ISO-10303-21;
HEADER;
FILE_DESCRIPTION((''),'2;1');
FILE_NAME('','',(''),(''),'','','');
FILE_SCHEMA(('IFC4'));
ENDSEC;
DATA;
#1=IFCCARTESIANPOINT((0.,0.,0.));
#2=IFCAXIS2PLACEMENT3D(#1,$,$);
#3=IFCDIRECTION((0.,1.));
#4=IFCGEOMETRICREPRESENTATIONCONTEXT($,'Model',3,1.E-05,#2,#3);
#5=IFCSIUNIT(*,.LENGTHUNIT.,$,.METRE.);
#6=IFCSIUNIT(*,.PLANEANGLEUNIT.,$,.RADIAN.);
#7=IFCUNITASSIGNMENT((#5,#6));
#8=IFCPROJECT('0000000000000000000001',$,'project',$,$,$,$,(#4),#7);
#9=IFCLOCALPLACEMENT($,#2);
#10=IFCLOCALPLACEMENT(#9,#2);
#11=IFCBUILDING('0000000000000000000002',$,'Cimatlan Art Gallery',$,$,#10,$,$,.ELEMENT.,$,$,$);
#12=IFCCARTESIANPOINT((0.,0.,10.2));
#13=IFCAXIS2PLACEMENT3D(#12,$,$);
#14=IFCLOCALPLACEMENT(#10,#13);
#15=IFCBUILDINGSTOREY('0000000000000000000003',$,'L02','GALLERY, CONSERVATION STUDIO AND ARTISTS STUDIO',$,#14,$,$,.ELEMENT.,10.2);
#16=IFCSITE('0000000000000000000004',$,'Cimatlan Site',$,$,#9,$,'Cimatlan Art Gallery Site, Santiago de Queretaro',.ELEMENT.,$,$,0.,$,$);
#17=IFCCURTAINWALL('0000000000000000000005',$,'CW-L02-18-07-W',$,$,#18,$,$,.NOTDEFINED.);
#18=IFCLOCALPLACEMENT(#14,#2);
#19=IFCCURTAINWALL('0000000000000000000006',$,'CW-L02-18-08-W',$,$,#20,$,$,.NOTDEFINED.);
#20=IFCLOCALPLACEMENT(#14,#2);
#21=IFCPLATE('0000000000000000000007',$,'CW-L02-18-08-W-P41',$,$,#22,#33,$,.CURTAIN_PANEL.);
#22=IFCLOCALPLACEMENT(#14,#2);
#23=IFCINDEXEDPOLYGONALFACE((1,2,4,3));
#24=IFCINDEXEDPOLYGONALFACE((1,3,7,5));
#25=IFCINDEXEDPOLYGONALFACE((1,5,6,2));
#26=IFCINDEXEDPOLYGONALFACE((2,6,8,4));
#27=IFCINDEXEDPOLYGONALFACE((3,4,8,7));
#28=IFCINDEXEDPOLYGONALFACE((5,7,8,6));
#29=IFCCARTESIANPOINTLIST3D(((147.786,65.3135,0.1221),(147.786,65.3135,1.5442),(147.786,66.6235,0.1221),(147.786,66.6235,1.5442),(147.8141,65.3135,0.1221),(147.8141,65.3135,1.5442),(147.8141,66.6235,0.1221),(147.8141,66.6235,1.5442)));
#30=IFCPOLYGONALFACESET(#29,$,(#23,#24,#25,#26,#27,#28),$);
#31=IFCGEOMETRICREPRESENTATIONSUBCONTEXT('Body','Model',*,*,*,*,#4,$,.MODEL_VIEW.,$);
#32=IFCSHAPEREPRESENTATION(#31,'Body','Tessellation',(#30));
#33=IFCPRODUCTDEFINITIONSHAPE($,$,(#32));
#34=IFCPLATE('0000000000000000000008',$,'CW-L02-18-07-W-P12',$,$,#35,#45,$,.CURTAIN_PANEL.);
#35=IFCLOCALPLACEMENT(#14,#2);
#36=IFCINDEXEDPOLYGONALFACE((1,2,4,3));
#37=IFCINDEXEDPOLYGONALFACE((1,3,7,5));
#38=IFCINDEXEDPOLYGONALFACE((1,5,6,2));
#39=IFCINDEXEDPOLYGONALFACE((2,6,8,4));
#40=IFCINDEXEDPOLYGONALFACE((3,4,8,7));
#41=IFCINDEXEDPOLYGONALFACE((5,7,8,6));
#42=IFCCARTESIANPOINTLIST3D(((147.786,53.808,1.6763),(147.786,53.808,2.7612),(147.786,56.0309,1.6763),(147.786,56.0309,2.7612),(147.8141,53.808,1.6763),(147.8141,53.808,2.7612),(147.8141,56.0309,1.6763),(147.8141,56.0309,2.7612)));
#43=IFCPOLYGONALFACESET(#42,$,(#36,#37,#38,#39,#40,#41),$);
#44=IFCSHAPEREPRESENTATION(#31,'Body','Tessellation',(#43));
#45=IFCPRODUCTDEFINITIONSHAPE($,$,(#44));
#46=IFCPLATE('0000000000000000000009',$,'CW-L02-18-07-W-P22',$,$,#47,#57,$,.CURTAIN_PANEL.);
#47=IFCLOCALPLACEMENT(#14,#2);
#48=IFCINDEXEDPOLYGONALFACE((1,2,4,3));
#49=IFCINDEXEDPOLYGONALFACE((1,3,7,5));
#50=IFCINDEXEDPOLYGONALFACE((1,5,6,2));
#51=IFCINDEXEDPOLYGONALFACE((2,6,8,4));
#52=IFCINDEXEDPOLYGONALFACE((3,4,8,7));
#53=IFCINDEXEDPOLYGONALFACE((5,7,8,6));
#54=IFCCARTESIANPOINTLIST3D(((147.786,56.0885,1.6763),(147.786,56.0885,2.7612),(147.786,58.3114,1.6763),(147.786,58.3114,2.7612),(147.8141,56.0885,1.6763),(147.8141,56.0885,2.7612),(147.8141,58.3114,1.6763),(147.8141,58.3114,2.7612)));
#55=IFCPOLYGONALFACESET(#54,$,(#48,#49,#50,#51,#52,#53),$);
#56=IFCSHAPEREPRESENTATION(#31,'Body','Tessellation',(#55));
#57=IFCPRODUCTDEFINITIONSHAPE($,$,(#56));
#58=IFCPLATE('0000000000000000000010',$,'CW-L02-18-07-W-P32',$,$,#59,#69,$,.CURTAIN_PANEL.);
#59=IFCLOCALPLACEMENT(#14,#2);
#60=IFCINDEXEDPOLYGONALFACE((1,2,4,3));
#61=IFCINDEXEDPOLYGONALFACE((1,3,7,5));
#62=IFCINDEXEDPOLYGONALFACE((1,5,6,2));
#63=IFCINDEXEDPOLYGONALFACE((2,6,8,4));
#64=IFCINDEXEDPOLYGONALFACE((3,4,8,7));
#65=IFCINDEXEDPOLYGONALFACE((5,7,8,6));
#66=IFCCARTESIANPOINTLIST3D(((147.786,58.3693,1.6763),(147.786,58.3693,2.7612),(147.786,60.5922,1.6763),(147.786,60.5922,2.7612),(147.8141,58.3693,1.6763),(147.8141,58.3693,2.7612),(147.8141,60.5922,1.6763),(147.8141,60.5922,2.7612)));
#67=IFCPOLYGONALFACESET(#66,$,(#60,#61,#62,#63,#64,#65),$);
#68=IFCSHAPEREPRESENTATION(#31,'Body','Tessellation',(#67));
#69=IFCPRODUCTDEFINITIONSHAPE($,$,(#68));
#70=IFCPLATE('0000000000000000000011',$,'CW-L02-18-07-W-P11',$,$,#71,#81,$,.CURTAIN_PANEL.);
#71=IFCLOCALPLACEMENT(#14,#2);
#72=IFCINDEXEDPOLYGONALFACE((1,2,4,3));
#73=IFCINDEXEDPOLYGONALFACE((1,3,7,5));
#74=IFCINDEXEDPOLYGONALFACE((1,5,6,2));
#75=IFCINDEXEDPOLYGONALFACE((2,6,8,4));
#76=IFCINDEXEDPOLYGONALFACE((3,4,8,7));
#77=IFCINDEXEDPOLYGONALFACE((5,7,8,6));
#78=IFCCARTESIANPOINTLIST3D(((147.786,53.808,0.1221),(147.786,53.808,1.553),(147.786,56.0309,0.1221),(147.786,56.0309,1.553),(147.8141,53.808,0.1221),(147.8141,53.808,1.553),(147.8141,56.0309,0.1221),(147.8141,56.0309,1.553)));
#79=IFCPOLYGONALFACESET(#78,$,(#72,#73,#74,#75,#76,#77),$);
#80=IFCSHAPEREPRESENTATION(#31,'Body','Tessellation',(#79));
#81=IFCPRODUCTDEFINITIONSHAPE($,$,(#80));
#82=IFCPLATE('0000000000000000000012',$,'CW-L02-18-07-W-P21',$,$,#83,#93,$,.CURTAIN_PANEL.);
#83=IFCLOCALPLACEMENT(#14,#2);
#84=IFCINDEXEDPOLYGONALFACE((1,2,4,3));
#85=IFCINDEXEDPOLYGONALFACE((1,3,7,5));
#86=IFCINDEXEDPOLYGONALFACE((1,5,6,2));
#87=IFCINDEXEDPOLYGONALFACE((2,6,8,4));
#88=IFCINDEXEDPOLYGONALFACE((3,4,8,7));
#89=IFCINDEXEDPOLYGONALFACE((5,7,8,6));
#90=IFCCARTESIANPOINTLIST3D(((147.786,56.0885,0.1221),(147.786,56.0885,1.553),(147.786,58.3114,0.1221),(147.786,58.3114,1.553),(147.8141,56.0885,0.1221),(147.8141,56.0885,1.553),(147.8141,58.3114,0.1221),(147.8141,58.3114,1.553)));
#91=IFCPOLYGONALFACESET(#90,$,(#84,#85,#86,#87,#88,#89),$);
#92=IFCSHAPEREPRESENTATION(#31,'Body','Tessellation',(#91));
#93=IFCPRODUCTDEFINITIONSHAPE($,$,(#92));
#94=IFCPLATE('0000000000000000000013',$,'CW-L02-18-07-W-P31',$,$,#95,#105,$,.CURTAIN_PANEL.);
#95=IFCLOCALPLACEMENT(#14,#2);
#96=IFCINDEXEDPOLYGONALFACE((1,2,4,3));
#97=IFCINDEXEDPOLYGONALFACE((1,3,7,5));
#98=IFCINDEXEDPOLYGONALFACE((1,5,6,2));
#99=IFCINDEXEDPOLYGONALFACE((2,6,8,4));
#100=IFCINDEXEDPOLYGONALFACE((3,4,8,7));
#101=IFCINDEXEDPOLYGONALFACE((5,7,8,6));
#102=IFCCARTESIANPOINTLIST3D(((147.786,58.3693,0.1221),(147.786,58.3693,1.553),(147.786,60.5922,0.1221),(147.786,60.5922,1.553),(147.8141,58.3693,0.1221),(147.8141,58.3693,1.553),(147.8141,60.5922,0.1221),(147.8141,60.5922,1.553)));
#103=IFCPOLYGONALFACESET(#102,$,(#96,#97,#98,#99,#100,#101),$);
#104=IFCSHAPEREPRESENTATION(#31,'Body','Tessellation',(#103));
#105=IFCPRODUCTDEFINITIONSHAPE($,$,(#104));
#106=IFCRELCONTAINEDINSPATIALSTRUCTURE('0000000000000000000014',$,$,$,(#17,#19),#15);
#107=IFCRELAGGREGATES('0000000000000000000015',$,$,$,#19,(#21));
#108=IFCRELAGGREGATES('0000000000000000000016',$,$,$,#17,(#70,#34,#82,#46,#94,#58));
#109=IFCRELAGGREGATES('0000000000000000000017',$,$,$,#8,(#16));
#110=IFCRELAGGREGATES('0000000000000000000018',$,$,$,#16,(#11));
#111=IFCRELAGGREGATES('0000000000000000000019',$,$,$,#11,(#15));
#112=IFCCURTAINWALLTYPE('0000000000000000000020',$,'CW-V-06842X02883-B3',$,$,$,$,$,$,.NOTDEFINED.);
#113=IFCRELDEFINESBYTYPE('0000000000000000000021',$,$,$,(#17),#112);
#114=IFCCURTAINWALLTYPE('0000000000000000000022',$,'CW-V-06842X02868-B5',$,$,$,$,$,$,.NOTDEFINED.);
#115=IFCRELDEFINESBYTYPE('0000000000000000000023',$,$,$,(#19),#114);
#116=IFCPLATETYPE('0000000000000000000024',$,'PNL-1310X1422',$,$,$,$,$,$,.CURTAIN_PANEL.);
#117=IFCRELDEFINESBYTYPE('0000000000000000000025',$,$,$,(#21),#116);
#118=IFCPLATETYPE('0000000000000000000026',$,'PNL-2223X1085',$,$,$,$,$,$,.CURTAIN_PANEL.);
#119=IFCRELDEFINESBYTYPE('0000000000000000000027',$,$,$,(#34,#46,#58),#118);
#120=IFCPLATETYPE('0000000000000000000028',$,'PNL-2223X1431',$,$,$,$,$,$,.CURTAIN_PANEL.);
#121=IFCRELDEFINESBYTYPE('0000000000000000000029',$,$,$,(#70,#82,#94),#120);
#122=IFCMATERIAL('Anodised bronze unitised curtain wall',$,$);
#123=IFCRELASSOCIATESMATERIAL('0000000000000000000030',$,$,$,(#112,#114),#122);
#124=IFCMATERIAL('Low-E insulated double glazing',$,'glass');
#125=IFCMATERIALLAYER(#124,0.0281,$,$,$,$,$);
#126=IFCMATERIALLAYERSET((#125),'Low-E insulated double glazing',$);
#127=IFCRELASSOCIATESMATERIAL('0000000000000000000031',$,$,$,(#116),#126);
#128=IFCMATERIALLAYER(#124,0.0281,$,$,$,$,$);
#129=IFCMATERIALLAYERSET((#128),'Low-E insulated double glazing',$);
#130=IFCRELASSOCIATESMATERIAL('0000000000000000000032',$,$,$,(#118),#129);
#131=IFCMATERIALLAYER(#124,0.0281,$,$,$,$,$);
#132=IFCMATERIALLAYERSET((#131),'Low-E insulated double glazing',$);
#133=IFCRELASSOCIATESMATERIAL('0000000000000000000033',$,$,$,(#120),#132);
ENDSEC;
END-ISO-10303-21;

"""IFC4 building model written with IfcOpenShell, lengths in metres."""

from ifc_helpers import new_model, si_unit, direction, frame, origin, origin_2d, place, context, subcontext, project, spatial, rectangle, extrude, material, layer, layer_set, type_object, element, aggregate, save


model = new_model("IFC4")

# Units and contexts
model_context = context("Model", 3, precision=1e-05, world=origin(), true_north=direction((0.0, 1.0)))
body_context = subcontext(model_context, "Body", "Model", "MODEL_VIEW")
ifc_project = project(units=[si_unit("LENGTHUNIT", "METRE"), si_unit("PLANEANGLEUNIT", "RADIAN")], contexts=[model_context])

# Site, building, storey
site_placement = place(None, origin())
site = spatial("IfcSite", under=ifc_project, at=site_placement, Name="Cimatlan Site", LongName="Cimatlan Art Gallery Site, Santiago de Queretaro", CompositionType="ELEMENT", RefElevation=0.0)
building_placement = place(site_placement, origin())
building = spatial("IfcBuilding", under=site, at=building_placement, Name="Cimatlan Art Gallery", CompositionType="ELEMENT")
storey_placement = place(building_placement, frame((0.0, 0.0, 10.2)))
storey = spatial("IfcBuildingStorey", under=building, at=storey_placement, Name="L02", Description="GALLERY, CONSERVATION STUDIO AND ARTISTS STUDIO", CompositionType="ELEMENT", Elevation=10.2)

# Curtain walls
ifc_material_1 = material(Name="Anodised bronze unitised curtain wall")
curtain_wall_type_1 = type_object("IfcCurtainWallType", Name="CW-V-06842X02883-B3", PredefinedType="NOTDEFINED", material=ifc_material_1)
curtain_wall_1_placement = place(storey_placement, origin())
curtain_wall_1 = element("IfcCurtainWall", 1, at=curtain_wall_1_placement, inside=storey, type_object=curtain_wall_type_1, Name="CW-L02-18-07-W", PredefinedType="NOTDEFINED")
curtain_wall_type_2 = type_object("IfcCurtainWallType", Name="CW-V-06842X02868-B5", PredefinedType="NOTDEFINED", material=ifc_material_1)
curtain_wall_2_placement = place(storey_placement, origin())
curtain_wall_2 = element("IfcCurtainWall", 2, at=curtain_wall_2_placement, inside=storey, type_object=curtain_wall_type_2, Name="CW-L02-18-08-W", PredefinedType="NOTDEFINED")

# Plates
ifc_material_2 = material(Name="Low-E insulated double glazing", Category="glass")
ifc_layer_1 = layer(ifc_material_2, 0.0281)
ifc_layer_set_1 = layer_set([ifc_layer_1], Name="Low-E insulated double glazing")
plate_type_1 = type_object("IfcPlateType", Name="PNL-1310X1422", PredefinedType="CURTAIN_PANEL", material=ifc_layer_set_1)
plate_1_placement = place(storey_placement, frame((147.8, 65.9685, 0.1221), z_axis=(0.0, 0.0, 1.0), x_axis=(0.0, 1.0, 0.0)))
plate_1 = element("IfcPlate", 3, at=plate_1_placement, type_object=plate_type_1, Name="CW-L02-18-08-W-P41", PredefinedType="CURTAIN_PANEL", context=body_context, shape_type="SweptSolid", body=[
    extrude(rectangle(XDim=1.3101, YDim=0.0281, at=origin_2d()), origin(), (0.0, 0.0, 1.0), 1.4221),
])
aggregate(curtain_wall_2, [plate_1])
ifc_layer_2 = layer(ifc_material_2, 0.0281)
ifc_layer_set_2 = layer_set([ifc_layer_2], Name="Low-E insulated double glazing")
plate_type_2 = type_object("IfcPlateType", Name="PNL-2223X1085", PredefinedType="CURTAIN_PANEL", material=ifc_layer_set_2)
plate_2_placement = place(storey_placement, frame((147.8, 54.9194, 1.6763), z_axis=(0.0, 0.0, 1.0), x_axis=(0.0, 1.0, 0.0)))
plate_2 = element("IfcPlate", 4, at=plate_2_placement, type_object=plate_type_2, Name="CW-L02-18-07-W-P12", PredefinedType="CURTAIN_PANEL", context=body_context, shape_type="SweptSolid", body=[
    extrude(rectangle(XDim=2.2229, YDim=0.0281, at=origin_2d()), origin(), (0.0, 0.0, 1.0), 1.085),
])
plate_3_placement = place(storey_placement, frame((147.8, 57.2, 1.6763), z_axis=(0.0, 0.0, 1.0), x_axis=(0.0, 1.0, 0.0)))
plate_3 = element("IfcPlate", 5, at=plate_3_placement, type_object=plate_type_2, Name="CW-L02-18-07-W-P22", PredefinedType="CURTAIN_PANEL", context=body_context, shape_type="SweptSolid", body=[
    extrude(rectangle(XDim=2.2229, YDim=0.0281, at=origin_2d()), origin(), (0.0, 0.0, 1.0), 1.085),
])
plate_4_placement = place(storey_placement, frame((147.8, 59.4807, 1.6763), z_axis=(0.0, 0.0, 1.0), x_axis=(0.0, 1.0, 0.0)))
plate_4 = element("IfcPlate", 6, at=plate_4_placement, type_object=plate_type_2, Name="CW-L02-18-07-W-P32", PredefinedType="CURTAIN_PANEL", context=body_context, shape_type="SweptSolid", body=[
    extrude(rectangle(XDim=2.2229, YDim=0.0281, at=origin_2d()), origin(), (0.0, 0.0, 1.0), 1.085),
])
ifc_layer_3 = layer(ifc_material_2, 0.0281)
ifc_layer_set_3 = layer_set([ifc_layer_3], Name="Low-E insulated double glazing")
plate_type_3 = type_object("IfcPlateType", Name="PNL-2223X1431", PredefinedType="CURTAIN_PANEL", material=ifc_layer_set_3)
plate_5_placement = place(storey_placement, frame((147.8, 54.9194, 0.1221), z_axis=(0.0, 0.0, 1.0), x_axis=(0.0, 1.0, 0.0)))
plate_5 = element("IfcPlate", 7, at=plate_5_placement, type_object=plate_type_3, Name="CW-L02-18-07-W-P11", PredefinedType="CURTAIN_PANEL", context=body_context, shape_type="SweptSolid", body=[
    extrude(rectangle(XDim=2.2229, YDim=0.0281, at=origin_2d()), origin(), (0.0, 0.0, 1.0), 1.4309),
])
plate_6_placement = place(storey_placement, frame((147.8, 57.2, 0.1221), z_axis=(0.0, 0.0, 1.0), x_axis=(0.0, 1.0, 0.0)))
plate_6 = element("IfcPlate", 8, at=plate_6_placement, type_object=plate_type_3, Name="CW-L02-18-07-W-P21", PredefinedType="CURTAIN_PANEL", context=body_context, shape_type="SweptSolid", body=[
    extrude(rectangle(XDim=2.2229, YDim=0.0281, at=origin_2d()), origin(), (0.0, 0.0, 1.0), 1.4309),
])
plate_7_placement = place(storey_placement, frame((147.8, 59.4807, 0.1221), z_axis=(0.0, 0.0, 1.0), x_axis=(0.0, 1.0, 0.0)))
plate_7 = element("IfcPlate", 9, at=plate_7_placement, type_object=plate_type_3, Name="CW-L02-18-07-W-P31", PredefinedType="CURTAIN_PANEL", context=body_context, shape_type="SweptSolid", body=[
    extrude(rectangle(XDim=2.2229, YDim=0.0281, at=origin_2d()), origin(), (0.0, 0.0, 1.0), 1.4309),
])
aggregate(curtain_wall_1, [plate_5, plate_2, plate_6, plate_3, plate_7, plate_4])

save(model, "model.ifc")
